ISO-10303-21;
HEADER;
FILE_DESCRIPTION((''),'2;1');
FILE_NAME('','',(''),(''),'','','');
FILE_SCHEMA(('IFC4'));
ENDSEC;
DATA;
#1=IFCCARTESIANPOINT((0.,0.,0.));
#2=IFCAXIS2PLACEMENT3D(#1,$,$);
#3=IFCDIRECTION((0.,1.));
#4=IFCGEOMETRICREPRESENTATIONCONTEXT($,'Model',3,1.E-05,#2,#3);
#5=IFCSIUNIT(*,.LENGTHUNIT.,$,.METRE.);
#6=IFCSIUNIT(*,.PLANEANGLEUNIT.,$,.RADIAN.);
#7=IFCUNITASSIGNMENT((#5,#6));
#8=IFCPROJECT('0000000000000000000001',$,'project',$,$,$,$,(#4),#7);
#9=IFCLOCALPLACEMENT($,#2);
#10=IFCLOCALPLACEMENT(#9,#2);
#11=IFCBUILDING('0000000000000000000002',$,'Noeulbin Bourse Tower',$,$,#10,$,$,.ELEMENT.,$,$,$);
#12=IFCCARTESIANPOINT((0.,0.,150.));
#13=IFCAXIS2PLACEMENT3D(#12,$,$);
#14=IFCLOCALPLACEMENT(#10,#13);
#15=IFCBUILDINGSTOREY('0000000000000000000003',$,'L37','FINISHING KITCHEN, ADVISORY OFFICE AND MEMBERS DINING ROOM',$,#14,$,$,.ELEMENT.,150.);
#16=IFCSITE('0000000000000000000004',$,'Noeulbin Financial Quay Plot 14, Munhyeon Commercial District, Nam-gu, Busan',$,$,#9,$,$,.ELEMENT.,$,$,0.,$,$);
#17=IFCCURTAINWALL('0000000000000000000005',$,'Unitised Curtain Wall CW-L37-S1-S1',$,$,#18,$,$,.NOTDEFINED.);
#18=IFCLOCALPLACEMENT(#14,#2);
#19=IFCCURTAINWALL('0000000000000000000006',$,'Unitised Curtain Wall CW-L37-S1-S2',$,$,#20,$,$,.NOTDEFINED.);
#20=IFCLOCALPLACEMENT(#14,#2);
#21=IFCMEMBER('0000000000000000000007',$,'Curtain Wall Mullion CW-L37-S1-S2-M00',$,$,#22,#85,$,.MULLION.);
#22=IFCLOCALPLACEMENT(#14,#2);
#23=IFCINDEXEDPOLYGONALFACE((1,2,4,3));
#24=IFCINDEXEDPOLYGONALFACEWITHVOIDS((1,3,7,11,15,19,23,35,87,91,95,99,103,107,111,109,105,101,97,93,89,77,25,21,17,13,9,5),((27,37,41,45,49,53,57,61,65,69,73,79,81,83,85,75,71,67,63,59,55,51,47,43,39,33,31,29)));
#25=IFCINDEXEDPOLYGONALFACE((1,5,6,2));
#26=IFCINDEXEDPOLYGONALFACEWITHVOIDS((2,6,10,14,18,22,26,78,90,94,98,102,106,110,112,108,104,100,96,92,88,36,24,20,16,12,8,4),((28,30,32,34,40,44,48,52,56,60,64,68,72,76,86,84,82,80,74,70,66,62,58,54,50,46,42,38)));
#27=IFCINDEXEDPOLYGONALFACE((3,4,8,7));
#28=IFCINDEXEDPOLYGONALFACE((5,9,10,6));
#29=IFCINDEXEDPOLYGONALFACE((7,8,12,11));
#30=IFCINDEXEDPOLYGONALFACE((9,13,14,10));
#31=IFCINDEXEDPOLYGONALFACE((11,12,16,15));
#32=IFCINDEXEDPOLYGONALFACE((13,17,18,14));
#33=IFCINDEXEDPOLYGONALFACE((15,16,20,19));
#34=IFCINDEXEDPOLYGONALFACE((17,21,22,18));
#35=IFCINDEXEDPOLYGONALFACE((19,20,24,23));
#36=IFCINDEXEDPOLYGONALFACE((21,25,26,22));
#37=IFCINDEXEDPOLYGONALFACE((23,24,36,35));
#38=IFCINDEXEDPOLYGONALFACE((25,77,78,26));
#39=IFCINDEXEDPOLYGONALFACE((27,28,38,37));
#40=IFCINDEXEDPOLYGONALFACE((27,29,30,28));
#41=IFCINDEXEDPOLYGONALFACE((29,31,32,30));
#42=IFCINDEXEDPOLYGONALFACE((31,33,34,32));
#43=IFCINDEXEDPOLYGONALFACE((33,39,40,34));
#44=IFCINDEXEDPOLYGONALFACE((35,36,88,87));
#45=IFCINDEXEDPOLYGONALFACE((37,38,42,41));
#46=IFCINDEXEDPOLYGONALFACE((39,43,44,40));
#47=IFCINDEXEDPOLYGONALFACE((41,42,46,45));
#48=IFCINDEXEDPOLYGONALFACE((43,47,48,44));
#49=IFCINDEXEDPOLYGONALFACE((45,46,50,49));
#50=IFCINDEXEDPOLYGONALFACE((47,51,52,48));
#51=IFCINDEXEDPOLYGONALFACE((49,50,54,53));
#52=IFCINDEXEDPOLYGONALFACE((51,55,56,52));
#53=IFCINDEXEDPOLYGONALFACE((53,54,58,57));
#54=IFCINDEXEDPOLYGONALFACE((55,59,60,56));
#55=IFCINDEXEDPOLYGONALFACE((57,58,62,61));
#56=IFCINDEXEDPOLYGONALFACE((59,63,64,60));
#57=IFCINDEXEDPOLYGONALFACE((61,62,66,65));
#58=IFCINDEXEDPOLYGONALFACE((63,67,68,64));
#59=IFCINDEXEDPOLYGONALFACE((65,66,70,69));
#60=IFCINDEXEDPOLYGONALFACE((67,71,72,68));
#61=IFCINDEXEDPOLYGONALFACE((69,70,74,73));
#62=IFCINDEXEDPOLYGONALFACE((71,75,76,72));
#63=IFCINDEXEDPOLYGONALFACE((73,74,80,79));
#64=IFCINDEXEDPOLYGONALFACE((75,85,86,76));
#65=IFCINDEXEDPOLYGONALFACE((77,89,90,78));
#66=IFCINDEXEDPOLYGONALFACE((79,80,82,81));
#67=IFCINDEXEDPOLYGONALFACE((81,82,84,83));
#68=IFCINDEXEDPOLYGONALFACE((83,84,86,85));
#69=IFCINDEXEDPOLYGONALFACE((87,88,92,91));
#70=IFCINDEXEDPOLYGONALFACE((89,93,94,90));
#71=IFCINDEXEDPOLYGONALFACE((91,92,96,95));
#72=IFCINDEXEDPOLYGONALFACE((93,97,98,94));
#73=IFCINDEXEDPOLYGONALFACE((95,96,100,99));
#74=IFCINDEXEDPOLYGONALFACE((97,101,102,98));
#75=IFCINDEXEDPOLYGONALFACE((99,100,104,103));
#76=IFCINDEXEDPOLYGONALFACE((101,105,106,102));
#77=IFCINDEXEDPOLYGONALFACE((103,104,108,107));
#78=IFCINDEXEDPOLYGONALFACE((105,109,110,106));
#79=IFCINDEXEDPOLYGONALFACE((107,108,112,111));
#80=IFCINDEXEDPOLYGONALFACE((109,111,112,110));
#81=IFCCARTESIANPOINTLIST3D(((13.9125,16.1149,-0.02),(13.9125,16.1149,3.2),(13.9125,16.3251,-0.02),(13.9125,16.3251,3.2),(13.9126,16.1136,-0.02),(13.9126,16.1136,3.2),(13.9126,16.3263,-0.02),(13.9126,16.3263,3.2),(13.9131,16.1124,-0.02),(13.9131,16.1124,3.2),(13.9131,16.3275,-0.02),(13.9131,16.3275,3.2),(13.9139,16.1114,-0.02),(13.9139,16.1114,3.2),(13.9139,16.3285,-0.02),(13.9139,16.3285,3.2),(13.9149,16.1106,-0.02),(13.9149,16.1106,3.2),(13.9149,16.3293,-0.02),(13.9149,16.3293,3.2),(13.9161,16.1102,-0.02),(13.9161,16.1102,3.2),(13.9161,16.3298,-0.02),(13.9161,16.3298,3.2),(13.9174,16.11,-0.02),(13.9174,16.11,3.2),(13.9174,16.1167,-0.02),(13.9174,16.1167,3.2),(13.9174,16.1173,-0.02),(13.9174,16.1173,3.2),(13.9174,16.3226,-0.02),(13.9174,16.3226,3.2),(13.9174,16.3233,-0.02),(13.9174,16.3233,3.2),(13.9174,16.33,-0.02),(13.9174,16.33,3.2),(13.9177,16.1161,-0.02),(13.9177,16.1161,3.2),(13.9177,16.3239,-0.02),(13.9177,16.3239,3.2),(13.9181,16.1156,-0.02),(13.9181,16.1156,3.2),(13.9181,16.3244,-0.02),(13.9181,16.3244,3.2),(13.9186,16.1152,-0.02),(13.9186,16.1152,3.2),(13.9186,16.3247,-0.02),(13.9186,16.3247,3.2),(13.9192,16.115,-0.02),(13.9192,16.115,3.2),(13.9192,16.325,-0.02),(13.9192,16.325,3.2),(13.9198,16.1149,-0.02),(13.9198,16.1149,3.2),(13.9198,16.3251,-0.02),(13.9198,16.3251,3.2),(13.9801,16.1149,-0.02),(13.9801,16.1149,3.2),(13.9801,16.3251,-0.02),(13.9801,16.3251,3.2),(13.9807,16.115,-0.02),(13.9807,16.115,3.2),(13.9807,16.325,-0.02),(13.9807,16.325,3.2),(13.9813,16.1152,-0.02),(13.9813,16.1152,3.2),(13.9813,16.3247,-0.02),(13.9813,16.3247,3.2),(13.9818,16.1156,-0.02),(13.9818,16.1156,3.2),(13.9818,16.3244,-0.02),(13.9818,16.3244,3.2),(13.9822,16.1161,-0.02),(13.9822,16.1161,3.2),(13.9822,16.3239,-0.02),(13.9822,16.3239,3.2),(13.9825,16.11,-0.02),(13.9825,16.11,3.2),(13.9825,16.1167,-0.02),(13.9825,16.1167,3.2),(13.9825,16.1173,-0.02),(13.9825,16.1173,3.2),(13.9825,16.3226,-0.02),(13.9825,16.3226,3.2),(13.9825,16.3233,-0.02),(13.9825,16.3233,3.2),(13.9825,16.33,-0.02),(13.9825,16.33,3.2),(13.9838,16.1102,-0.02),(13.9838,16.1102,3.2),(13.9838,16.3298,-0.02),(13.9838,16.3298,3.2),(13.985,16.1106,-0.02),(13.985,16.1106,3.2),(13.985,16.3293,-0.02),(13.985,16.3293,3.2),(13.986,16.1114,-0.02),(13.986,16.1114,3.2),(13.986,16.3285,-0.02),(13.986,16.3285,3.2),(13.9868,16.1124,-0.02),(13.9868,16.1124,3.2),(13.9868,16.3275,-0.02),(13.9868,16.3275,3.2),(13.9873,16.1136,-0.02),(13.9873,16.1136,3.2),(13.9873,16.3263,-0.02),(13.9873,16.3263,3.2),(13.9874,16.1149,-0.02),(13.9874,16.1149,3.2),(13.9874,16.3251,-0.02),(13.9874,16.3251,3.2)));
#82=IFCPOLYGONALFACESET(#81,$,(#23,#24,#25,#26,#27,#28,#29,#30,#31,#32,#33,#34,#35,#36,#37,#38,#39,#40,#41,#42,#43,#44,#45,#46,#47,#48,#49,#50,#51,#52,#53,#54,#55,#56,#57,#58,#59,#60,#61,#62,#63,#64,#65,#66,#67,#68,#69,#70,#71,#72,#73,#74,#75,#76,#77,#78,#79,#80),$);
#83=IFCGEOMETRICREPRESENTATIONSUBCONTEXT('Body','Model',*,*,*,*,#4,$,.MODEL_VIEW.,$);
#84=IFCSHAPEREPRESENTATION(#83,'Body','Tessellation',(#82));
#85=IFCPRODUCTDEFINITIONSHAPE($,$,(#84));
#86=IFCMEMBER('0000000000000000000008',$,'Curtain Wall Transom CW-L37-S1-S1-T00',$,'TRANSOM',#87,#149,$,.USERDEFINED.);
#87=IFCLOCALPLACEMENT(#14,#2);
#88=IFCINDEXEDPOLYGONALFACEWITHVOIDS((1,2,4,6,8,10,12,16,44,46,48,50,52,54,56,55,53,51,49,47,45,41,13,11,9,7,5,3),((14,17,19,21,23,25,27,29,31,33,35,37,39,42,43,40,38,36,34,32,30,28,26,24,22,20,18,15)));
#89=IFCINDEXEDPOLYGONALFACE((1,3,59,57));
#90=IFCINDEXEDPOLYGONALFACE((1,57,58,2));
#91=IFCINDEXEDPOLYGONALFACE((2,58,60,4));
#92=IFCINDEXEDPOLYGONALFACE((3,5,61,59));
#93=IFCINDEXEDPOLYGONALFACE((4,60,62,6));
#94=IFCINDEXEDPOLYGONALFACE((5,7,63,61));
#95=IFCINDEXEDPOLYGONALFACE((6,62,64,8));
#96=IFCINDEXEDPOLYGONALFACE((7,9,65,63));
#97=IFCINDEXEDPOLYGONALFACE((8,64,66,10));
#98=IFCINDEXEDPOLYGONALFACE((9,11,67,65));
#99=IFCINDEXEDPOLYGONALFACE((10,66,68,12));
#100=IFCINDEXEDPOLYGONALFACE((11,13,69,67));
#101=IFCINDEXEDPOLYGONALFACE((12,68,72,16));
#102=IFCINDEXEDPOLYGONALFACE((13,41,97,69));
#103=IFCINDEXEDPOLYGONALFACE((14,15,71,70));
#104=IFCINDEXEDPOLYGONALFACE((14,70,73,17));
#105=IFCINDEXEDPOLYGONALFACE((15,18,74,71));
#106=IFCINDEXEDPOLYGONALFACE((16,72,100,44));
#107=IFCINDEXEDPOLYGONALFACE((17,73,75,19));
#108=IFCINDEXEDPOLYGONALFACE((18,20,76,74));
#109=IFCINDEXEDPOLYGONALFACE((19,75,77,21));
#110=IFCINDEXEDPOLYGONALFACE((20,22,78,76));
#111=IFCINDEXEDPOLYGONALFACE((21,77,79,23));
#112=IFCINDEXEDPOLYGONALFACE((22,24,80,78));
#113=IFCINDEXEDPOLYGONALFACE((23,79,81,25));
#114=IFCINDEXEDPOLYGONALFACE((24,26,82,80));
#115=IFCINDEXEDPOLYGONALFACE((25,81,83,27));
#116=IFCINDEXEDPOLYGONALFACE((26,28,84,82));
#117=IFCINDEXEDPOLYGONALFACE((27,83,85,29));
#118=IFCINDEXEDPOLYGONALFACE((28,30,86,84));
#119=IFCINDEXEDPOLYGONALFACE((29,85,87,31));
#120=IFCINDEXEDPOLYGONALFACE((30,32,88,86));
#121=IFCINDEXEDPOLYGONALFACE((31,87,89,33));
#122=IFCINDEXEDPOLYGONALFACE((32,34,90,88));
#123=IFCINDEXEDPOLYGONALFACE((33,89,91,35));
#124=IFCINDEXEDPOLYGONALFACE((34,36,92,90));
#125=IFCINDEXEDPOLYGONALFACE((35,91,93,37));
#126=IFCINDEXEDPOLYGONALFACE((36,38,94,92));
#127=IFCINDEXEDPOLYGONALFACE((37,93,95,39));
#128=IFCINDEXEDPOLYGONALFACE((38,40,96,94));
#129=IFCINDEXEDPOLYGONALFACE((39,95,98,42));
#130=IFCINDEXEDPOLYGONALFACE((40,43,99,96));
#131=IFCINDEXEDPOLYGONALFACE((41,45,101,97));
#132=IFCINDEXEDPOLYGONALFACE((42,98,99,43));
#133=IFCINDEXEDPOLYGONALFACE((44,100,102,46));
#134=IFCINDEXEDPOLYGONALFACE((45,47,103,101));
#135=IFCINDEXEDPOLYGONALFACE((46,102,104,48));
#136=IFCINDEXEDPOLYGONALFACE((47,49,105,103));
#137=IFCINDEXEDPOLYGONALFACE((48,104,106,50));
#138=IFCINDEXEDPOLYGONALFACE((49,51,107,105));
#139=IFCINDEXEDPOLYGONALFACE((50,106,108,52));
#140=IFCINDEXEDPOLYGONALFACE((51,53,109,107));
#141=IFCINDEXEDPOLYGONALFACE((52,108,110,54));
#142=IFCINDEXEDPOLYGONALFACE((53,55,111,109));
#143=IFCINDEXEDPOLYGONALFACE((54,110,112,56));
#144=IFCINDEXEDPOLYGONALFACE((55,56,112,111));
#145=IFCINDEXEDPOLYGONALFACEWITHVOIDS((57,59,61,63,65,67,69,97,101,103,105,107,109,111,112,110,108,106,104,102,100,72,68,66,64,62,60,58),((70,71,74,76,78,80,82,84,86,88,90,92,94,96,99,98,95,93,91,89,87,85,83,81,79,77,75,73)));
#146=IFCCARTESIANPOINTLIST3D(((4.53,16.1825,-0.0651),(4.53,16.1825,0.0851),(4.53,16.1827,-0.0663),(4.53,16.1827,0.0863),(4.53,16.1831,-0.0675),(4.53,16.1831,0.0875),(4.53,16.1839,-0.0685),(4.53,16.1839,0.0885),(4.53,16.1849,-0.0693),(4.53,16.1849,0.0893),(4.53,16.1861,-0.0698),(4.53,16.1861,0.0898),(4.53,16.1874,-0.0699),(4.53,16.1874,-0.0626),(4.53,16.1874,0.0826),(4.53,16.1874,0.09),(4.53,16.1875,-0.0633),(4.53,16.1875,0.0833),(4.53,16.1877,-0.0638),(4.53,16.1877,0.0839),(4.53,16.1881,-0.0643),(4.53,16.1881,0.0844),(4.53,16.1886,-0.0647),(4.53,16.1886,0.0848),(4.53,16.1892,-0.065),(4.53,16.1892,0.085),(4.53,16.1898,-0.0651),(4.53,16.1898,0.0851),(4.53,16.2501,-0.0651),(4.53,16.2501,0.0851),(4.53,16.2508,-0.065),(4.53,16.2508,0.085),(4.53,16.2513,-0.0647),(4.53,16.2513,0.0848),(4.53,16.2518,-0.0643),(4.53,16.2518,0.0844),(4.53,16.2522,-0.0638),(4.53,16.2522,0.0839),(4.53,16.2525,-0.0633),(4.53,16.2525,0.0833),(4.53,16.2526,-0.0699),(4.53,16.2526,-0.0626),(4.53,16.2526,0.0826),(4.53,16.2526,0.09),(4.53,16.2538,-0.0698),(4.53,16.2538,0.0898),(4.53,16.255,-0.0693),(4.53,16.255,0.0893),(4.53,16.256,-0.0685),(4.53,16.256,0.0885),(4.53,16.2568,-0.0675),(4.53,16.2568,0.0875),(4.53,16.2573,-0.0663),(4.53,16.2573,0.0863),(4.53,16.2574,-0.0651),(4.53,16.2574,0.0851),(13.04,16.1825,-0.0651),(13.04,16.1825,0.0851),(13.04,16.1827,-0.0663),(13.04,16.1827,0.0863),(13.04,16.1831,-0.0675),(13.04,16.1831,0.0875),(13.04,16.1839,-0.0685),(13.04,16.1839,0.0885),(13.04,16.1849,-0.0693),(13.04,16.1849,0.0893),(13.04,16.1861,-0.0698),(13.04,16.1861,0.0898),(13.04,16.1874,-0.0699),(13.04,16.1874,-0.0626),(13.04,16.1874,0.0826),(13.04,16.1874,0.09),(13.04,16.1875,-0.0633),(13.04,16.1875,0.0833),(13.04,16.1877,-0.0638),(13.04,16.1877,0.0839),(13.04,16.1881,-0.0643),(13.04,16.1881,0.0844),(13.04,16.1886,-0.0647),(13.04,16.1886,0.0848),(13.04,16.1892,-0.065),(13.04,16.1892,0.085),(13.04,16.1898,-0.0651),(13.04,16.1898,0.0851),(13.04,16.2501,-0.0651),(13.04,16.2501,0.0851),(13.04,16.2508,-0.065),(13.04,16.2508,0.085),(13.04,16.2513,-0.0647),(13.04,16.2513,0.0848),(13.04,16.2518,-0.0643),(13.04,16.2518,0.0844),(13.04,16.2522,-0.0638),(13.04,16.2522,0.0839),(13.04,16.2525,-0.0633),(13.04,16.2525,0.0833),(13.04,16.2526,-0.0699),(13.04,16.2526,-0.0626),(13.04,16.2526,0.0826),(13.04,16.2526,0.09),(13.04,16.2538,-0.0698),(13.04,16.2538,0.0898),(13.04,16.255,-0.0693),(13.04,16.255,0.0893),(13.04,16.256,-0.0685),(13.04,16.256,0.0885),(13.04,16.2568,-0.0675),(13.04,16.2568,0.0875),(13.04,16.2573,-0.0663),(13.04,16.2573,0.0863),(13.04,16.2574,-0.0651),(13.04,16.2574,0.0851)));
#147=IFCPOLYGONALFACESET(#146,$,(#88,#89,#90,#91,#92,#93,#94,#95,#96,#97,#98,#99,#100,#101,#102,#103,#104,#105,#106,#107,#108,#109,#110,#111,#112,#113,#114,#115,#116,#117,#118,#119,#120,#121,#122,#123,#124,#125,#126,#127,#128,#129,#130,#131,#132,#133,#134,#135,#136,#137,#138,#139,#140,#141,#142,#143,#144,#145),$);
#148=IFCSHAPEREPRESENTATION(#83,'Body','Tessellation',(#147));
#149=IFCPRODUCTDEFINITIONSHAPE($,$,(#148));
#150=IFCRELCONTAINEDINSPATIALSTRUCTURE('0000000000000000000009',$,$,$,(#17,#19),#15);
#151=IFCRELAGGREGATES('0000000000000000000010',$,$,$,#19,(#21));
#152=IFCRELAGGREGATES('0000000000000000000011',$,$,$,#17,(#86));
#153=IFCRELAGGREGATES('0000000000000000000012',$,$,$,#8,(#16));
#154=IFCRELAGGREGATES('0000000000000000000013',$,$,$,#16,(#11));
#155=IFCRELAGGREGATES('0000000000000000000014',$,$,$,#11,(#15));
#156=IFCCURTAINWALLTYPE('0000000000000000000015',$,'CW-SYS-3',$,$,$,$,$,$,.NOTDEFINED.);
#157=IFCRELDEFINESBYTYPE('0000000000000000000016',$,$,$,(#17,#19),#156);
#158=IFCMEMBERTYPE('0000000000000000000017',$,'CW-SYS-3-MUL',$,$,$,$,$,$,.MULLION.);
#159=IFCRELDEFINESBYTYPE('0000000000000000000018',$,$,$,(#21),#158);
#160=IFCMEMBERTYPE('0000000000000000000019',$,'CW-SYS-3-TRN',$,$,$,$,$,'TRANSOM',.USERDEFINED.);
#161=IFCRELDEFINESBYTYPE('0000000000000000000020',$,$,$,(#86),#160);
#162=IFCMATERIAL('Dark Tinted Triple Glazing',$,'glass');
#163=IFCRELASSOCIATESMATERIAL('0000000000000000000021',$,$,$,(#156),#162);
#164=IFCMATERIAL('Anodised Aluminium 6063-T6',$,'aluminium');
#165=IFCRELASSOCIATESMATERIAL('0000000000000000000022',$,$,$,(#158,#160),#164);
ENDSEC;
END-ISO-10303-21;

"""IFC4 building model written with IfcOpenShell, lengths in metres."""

from ifc_helpers import new_model, si_unit, direction, frame, origin, origin_2d, place, context, subcontext, project, spatial, hollow_rectangle, extrude, material, material_profile, profile_set, type_object, element, aggregate, save


model = new_model("IFC4")

# Units and contexts
model_context = context("Model", 3, precision=1e-05, world=origin(), true_north=direction((0.0, 1.0)))
body_context = subcontext(model_context, "Body", "Model", "MODEL_VIEW")
ifc_project = project(units=[si_unit("LENGTHUNIT", "METRE"), si_unit("PLANEANGLEUNIT", "RADIAN")], contexts=[model_context])

# Site, building, storey
site_placement = place(None, origin())
site = spatial("IfcSite", under=ifc_project, at=site_placement, Name="Noeulbin Financial Quay Plot 14, Munhyeon Commercial District, Nam-gu, Busan", CompositionType="ELEMENT", RefElevation=0.0)
building_placement = place(site_placement, origin())
building = spatial("IfcBuilding", under=site, at=building_placement, Name="Noeulbin Bourse Tower", CompositionType="ELEMENT")
storey_placement = place(building_placement, frame((0.0, 0.0, 150.0)))
storey = spatial("IfcBuildingStorey", under=building, at=storey_placement, Name="L37", Description="FINISHING KITCHEN, ADVISORY OFFICE AND MEMBERS DINING ROOM", CompositionType="ELEMENT", Elevation=150.0)

# Curtain wall
ifc_material_1 = material(Name="Dark Tinted Triple Glazing", Category="glass")
curtain_wall_type = type_object("IfcCurtainWallType", Name="CW-SYS-3", PredefinedType="NOTDEFINED", material=ifc_material_1)
curtain_wall_1_placement = place(storey_placement, origin())
curtain_wall_1 = element("IfcCurtainWall", 1, at=curtain_wall_1_placement, inside=storey, type_object=curtain_wall_type, Name="Unitised Curtain Wall CW-L37-S1-S1", PredefinedType="NOTDEFINED")
ifc_material_2 = material(Name="Anodised Aluminium 6063-T6", Category="aluminium")
ifc_material_profile_1 = material_profile(ifc_material_2, hollow_rectangle(XDim=0.075, YDim=0.22, WallThickness=0.0049, InnerFilletRadius=0.0024, OuterFilletRadius=0.0049, at=origin_2d()), Name="ALU-MULL-75x220x5", Category="LoadBearing")
ifc_profile_set_1 = profile_set([ifc_material_profile_1], Name="Anodised Aluminium 6063-T6")
member_type_1 = type_object("IfcMemberType", Name="CW-SYS-3-MUL", PredefinedType="MULLION", material=ifc_profile_set_1)

# Curtain wall, member
curtain_wall_2_placement = place(storey_placement, origin())
curtain_wall_2 = element("IfcCurtainWall", 2, at=curtain_wall_2_placement, inside=storey, type_object=curtain_wall_type, Name="Unitised Curtain Wall CW-L37-S1-S2", PredefinedType="NOTDEFINED")
member_1_placement = place(storey_placement, frame((13.95, 16.22, -0.02), z_axis=(0.0, 0.0, 1.0), x_axis=(1.0, 0.0, 0.0)))
member_1 = element("IfcMember", 3, at=member_1_placement, type_object=member_type_1, Name="Curtain Wall Mullion CW-L37-S1-S2-M00", PredefinedType="MULLION", context=body_context, shape_type="SweptSolid", body=[
    extrude(hollow_rectangle(XDim=0.075, YDim=0.22, WallThickness=0.0049, InnerFilletRadius=0.0024, OuterFilletRadius=0.0049, at=origin_2d()), origin(), (0.0, 0.0, 1.0), 3.22),
])

# Member
ifc_material_profile_2 = material_profile(ifc_material_2, hollow_rectangle(XDim=0.075, YDim=0.1599, WallThickness=0.0049, InnerFilletRadius=0.0024, OuterFilletRadius=0.0049, at=origin_2d()), Name="ALU-TRAN-75x160x5", Category="LoadBearing")
ifc_profile_set_2 = profile_set([ifc_material_profile_2], Name="Anodised Aluminium 6063-T6")
member_type_2 = type_object("IfcMemberType", Name="CW-SYS-3-TRN", ElementType="TRANSOM", PredefinedType="USERDEFINED", material=ifc_profile_set_2)
member_2_placement = place(storey_placement, frame((4.53, 16.22, 0.01), z_axis=(1.0, 0.0, 0.0), x_axis=(0.0, 1.0, 0.0)))
member_2 = element("IfcMember", 4, at=member_2_placement, type_object=member_type_2, Name="Curtain Wall Transom CW-L37-S1-S1-T00", ObjectType="TRANSOM", PredefinedType="USERDEFINED", context=body_context, shape_type="SweptSolid", body=[
    extrude(hollow_rectangle(XDim=0.075, YDim=0.1599, WallThickness=0.0049, InnerFilletRadius=0.0024, OuterFilletRadius=0.0049, at=origin_2d()), origin(), (0.0, 0.0, 1.0), 8.51),
])
aggregate(curtain_wall_2, [member_1])

aggregate(curtain_wall_1, [member_2])

save(model, "model.ifc")
